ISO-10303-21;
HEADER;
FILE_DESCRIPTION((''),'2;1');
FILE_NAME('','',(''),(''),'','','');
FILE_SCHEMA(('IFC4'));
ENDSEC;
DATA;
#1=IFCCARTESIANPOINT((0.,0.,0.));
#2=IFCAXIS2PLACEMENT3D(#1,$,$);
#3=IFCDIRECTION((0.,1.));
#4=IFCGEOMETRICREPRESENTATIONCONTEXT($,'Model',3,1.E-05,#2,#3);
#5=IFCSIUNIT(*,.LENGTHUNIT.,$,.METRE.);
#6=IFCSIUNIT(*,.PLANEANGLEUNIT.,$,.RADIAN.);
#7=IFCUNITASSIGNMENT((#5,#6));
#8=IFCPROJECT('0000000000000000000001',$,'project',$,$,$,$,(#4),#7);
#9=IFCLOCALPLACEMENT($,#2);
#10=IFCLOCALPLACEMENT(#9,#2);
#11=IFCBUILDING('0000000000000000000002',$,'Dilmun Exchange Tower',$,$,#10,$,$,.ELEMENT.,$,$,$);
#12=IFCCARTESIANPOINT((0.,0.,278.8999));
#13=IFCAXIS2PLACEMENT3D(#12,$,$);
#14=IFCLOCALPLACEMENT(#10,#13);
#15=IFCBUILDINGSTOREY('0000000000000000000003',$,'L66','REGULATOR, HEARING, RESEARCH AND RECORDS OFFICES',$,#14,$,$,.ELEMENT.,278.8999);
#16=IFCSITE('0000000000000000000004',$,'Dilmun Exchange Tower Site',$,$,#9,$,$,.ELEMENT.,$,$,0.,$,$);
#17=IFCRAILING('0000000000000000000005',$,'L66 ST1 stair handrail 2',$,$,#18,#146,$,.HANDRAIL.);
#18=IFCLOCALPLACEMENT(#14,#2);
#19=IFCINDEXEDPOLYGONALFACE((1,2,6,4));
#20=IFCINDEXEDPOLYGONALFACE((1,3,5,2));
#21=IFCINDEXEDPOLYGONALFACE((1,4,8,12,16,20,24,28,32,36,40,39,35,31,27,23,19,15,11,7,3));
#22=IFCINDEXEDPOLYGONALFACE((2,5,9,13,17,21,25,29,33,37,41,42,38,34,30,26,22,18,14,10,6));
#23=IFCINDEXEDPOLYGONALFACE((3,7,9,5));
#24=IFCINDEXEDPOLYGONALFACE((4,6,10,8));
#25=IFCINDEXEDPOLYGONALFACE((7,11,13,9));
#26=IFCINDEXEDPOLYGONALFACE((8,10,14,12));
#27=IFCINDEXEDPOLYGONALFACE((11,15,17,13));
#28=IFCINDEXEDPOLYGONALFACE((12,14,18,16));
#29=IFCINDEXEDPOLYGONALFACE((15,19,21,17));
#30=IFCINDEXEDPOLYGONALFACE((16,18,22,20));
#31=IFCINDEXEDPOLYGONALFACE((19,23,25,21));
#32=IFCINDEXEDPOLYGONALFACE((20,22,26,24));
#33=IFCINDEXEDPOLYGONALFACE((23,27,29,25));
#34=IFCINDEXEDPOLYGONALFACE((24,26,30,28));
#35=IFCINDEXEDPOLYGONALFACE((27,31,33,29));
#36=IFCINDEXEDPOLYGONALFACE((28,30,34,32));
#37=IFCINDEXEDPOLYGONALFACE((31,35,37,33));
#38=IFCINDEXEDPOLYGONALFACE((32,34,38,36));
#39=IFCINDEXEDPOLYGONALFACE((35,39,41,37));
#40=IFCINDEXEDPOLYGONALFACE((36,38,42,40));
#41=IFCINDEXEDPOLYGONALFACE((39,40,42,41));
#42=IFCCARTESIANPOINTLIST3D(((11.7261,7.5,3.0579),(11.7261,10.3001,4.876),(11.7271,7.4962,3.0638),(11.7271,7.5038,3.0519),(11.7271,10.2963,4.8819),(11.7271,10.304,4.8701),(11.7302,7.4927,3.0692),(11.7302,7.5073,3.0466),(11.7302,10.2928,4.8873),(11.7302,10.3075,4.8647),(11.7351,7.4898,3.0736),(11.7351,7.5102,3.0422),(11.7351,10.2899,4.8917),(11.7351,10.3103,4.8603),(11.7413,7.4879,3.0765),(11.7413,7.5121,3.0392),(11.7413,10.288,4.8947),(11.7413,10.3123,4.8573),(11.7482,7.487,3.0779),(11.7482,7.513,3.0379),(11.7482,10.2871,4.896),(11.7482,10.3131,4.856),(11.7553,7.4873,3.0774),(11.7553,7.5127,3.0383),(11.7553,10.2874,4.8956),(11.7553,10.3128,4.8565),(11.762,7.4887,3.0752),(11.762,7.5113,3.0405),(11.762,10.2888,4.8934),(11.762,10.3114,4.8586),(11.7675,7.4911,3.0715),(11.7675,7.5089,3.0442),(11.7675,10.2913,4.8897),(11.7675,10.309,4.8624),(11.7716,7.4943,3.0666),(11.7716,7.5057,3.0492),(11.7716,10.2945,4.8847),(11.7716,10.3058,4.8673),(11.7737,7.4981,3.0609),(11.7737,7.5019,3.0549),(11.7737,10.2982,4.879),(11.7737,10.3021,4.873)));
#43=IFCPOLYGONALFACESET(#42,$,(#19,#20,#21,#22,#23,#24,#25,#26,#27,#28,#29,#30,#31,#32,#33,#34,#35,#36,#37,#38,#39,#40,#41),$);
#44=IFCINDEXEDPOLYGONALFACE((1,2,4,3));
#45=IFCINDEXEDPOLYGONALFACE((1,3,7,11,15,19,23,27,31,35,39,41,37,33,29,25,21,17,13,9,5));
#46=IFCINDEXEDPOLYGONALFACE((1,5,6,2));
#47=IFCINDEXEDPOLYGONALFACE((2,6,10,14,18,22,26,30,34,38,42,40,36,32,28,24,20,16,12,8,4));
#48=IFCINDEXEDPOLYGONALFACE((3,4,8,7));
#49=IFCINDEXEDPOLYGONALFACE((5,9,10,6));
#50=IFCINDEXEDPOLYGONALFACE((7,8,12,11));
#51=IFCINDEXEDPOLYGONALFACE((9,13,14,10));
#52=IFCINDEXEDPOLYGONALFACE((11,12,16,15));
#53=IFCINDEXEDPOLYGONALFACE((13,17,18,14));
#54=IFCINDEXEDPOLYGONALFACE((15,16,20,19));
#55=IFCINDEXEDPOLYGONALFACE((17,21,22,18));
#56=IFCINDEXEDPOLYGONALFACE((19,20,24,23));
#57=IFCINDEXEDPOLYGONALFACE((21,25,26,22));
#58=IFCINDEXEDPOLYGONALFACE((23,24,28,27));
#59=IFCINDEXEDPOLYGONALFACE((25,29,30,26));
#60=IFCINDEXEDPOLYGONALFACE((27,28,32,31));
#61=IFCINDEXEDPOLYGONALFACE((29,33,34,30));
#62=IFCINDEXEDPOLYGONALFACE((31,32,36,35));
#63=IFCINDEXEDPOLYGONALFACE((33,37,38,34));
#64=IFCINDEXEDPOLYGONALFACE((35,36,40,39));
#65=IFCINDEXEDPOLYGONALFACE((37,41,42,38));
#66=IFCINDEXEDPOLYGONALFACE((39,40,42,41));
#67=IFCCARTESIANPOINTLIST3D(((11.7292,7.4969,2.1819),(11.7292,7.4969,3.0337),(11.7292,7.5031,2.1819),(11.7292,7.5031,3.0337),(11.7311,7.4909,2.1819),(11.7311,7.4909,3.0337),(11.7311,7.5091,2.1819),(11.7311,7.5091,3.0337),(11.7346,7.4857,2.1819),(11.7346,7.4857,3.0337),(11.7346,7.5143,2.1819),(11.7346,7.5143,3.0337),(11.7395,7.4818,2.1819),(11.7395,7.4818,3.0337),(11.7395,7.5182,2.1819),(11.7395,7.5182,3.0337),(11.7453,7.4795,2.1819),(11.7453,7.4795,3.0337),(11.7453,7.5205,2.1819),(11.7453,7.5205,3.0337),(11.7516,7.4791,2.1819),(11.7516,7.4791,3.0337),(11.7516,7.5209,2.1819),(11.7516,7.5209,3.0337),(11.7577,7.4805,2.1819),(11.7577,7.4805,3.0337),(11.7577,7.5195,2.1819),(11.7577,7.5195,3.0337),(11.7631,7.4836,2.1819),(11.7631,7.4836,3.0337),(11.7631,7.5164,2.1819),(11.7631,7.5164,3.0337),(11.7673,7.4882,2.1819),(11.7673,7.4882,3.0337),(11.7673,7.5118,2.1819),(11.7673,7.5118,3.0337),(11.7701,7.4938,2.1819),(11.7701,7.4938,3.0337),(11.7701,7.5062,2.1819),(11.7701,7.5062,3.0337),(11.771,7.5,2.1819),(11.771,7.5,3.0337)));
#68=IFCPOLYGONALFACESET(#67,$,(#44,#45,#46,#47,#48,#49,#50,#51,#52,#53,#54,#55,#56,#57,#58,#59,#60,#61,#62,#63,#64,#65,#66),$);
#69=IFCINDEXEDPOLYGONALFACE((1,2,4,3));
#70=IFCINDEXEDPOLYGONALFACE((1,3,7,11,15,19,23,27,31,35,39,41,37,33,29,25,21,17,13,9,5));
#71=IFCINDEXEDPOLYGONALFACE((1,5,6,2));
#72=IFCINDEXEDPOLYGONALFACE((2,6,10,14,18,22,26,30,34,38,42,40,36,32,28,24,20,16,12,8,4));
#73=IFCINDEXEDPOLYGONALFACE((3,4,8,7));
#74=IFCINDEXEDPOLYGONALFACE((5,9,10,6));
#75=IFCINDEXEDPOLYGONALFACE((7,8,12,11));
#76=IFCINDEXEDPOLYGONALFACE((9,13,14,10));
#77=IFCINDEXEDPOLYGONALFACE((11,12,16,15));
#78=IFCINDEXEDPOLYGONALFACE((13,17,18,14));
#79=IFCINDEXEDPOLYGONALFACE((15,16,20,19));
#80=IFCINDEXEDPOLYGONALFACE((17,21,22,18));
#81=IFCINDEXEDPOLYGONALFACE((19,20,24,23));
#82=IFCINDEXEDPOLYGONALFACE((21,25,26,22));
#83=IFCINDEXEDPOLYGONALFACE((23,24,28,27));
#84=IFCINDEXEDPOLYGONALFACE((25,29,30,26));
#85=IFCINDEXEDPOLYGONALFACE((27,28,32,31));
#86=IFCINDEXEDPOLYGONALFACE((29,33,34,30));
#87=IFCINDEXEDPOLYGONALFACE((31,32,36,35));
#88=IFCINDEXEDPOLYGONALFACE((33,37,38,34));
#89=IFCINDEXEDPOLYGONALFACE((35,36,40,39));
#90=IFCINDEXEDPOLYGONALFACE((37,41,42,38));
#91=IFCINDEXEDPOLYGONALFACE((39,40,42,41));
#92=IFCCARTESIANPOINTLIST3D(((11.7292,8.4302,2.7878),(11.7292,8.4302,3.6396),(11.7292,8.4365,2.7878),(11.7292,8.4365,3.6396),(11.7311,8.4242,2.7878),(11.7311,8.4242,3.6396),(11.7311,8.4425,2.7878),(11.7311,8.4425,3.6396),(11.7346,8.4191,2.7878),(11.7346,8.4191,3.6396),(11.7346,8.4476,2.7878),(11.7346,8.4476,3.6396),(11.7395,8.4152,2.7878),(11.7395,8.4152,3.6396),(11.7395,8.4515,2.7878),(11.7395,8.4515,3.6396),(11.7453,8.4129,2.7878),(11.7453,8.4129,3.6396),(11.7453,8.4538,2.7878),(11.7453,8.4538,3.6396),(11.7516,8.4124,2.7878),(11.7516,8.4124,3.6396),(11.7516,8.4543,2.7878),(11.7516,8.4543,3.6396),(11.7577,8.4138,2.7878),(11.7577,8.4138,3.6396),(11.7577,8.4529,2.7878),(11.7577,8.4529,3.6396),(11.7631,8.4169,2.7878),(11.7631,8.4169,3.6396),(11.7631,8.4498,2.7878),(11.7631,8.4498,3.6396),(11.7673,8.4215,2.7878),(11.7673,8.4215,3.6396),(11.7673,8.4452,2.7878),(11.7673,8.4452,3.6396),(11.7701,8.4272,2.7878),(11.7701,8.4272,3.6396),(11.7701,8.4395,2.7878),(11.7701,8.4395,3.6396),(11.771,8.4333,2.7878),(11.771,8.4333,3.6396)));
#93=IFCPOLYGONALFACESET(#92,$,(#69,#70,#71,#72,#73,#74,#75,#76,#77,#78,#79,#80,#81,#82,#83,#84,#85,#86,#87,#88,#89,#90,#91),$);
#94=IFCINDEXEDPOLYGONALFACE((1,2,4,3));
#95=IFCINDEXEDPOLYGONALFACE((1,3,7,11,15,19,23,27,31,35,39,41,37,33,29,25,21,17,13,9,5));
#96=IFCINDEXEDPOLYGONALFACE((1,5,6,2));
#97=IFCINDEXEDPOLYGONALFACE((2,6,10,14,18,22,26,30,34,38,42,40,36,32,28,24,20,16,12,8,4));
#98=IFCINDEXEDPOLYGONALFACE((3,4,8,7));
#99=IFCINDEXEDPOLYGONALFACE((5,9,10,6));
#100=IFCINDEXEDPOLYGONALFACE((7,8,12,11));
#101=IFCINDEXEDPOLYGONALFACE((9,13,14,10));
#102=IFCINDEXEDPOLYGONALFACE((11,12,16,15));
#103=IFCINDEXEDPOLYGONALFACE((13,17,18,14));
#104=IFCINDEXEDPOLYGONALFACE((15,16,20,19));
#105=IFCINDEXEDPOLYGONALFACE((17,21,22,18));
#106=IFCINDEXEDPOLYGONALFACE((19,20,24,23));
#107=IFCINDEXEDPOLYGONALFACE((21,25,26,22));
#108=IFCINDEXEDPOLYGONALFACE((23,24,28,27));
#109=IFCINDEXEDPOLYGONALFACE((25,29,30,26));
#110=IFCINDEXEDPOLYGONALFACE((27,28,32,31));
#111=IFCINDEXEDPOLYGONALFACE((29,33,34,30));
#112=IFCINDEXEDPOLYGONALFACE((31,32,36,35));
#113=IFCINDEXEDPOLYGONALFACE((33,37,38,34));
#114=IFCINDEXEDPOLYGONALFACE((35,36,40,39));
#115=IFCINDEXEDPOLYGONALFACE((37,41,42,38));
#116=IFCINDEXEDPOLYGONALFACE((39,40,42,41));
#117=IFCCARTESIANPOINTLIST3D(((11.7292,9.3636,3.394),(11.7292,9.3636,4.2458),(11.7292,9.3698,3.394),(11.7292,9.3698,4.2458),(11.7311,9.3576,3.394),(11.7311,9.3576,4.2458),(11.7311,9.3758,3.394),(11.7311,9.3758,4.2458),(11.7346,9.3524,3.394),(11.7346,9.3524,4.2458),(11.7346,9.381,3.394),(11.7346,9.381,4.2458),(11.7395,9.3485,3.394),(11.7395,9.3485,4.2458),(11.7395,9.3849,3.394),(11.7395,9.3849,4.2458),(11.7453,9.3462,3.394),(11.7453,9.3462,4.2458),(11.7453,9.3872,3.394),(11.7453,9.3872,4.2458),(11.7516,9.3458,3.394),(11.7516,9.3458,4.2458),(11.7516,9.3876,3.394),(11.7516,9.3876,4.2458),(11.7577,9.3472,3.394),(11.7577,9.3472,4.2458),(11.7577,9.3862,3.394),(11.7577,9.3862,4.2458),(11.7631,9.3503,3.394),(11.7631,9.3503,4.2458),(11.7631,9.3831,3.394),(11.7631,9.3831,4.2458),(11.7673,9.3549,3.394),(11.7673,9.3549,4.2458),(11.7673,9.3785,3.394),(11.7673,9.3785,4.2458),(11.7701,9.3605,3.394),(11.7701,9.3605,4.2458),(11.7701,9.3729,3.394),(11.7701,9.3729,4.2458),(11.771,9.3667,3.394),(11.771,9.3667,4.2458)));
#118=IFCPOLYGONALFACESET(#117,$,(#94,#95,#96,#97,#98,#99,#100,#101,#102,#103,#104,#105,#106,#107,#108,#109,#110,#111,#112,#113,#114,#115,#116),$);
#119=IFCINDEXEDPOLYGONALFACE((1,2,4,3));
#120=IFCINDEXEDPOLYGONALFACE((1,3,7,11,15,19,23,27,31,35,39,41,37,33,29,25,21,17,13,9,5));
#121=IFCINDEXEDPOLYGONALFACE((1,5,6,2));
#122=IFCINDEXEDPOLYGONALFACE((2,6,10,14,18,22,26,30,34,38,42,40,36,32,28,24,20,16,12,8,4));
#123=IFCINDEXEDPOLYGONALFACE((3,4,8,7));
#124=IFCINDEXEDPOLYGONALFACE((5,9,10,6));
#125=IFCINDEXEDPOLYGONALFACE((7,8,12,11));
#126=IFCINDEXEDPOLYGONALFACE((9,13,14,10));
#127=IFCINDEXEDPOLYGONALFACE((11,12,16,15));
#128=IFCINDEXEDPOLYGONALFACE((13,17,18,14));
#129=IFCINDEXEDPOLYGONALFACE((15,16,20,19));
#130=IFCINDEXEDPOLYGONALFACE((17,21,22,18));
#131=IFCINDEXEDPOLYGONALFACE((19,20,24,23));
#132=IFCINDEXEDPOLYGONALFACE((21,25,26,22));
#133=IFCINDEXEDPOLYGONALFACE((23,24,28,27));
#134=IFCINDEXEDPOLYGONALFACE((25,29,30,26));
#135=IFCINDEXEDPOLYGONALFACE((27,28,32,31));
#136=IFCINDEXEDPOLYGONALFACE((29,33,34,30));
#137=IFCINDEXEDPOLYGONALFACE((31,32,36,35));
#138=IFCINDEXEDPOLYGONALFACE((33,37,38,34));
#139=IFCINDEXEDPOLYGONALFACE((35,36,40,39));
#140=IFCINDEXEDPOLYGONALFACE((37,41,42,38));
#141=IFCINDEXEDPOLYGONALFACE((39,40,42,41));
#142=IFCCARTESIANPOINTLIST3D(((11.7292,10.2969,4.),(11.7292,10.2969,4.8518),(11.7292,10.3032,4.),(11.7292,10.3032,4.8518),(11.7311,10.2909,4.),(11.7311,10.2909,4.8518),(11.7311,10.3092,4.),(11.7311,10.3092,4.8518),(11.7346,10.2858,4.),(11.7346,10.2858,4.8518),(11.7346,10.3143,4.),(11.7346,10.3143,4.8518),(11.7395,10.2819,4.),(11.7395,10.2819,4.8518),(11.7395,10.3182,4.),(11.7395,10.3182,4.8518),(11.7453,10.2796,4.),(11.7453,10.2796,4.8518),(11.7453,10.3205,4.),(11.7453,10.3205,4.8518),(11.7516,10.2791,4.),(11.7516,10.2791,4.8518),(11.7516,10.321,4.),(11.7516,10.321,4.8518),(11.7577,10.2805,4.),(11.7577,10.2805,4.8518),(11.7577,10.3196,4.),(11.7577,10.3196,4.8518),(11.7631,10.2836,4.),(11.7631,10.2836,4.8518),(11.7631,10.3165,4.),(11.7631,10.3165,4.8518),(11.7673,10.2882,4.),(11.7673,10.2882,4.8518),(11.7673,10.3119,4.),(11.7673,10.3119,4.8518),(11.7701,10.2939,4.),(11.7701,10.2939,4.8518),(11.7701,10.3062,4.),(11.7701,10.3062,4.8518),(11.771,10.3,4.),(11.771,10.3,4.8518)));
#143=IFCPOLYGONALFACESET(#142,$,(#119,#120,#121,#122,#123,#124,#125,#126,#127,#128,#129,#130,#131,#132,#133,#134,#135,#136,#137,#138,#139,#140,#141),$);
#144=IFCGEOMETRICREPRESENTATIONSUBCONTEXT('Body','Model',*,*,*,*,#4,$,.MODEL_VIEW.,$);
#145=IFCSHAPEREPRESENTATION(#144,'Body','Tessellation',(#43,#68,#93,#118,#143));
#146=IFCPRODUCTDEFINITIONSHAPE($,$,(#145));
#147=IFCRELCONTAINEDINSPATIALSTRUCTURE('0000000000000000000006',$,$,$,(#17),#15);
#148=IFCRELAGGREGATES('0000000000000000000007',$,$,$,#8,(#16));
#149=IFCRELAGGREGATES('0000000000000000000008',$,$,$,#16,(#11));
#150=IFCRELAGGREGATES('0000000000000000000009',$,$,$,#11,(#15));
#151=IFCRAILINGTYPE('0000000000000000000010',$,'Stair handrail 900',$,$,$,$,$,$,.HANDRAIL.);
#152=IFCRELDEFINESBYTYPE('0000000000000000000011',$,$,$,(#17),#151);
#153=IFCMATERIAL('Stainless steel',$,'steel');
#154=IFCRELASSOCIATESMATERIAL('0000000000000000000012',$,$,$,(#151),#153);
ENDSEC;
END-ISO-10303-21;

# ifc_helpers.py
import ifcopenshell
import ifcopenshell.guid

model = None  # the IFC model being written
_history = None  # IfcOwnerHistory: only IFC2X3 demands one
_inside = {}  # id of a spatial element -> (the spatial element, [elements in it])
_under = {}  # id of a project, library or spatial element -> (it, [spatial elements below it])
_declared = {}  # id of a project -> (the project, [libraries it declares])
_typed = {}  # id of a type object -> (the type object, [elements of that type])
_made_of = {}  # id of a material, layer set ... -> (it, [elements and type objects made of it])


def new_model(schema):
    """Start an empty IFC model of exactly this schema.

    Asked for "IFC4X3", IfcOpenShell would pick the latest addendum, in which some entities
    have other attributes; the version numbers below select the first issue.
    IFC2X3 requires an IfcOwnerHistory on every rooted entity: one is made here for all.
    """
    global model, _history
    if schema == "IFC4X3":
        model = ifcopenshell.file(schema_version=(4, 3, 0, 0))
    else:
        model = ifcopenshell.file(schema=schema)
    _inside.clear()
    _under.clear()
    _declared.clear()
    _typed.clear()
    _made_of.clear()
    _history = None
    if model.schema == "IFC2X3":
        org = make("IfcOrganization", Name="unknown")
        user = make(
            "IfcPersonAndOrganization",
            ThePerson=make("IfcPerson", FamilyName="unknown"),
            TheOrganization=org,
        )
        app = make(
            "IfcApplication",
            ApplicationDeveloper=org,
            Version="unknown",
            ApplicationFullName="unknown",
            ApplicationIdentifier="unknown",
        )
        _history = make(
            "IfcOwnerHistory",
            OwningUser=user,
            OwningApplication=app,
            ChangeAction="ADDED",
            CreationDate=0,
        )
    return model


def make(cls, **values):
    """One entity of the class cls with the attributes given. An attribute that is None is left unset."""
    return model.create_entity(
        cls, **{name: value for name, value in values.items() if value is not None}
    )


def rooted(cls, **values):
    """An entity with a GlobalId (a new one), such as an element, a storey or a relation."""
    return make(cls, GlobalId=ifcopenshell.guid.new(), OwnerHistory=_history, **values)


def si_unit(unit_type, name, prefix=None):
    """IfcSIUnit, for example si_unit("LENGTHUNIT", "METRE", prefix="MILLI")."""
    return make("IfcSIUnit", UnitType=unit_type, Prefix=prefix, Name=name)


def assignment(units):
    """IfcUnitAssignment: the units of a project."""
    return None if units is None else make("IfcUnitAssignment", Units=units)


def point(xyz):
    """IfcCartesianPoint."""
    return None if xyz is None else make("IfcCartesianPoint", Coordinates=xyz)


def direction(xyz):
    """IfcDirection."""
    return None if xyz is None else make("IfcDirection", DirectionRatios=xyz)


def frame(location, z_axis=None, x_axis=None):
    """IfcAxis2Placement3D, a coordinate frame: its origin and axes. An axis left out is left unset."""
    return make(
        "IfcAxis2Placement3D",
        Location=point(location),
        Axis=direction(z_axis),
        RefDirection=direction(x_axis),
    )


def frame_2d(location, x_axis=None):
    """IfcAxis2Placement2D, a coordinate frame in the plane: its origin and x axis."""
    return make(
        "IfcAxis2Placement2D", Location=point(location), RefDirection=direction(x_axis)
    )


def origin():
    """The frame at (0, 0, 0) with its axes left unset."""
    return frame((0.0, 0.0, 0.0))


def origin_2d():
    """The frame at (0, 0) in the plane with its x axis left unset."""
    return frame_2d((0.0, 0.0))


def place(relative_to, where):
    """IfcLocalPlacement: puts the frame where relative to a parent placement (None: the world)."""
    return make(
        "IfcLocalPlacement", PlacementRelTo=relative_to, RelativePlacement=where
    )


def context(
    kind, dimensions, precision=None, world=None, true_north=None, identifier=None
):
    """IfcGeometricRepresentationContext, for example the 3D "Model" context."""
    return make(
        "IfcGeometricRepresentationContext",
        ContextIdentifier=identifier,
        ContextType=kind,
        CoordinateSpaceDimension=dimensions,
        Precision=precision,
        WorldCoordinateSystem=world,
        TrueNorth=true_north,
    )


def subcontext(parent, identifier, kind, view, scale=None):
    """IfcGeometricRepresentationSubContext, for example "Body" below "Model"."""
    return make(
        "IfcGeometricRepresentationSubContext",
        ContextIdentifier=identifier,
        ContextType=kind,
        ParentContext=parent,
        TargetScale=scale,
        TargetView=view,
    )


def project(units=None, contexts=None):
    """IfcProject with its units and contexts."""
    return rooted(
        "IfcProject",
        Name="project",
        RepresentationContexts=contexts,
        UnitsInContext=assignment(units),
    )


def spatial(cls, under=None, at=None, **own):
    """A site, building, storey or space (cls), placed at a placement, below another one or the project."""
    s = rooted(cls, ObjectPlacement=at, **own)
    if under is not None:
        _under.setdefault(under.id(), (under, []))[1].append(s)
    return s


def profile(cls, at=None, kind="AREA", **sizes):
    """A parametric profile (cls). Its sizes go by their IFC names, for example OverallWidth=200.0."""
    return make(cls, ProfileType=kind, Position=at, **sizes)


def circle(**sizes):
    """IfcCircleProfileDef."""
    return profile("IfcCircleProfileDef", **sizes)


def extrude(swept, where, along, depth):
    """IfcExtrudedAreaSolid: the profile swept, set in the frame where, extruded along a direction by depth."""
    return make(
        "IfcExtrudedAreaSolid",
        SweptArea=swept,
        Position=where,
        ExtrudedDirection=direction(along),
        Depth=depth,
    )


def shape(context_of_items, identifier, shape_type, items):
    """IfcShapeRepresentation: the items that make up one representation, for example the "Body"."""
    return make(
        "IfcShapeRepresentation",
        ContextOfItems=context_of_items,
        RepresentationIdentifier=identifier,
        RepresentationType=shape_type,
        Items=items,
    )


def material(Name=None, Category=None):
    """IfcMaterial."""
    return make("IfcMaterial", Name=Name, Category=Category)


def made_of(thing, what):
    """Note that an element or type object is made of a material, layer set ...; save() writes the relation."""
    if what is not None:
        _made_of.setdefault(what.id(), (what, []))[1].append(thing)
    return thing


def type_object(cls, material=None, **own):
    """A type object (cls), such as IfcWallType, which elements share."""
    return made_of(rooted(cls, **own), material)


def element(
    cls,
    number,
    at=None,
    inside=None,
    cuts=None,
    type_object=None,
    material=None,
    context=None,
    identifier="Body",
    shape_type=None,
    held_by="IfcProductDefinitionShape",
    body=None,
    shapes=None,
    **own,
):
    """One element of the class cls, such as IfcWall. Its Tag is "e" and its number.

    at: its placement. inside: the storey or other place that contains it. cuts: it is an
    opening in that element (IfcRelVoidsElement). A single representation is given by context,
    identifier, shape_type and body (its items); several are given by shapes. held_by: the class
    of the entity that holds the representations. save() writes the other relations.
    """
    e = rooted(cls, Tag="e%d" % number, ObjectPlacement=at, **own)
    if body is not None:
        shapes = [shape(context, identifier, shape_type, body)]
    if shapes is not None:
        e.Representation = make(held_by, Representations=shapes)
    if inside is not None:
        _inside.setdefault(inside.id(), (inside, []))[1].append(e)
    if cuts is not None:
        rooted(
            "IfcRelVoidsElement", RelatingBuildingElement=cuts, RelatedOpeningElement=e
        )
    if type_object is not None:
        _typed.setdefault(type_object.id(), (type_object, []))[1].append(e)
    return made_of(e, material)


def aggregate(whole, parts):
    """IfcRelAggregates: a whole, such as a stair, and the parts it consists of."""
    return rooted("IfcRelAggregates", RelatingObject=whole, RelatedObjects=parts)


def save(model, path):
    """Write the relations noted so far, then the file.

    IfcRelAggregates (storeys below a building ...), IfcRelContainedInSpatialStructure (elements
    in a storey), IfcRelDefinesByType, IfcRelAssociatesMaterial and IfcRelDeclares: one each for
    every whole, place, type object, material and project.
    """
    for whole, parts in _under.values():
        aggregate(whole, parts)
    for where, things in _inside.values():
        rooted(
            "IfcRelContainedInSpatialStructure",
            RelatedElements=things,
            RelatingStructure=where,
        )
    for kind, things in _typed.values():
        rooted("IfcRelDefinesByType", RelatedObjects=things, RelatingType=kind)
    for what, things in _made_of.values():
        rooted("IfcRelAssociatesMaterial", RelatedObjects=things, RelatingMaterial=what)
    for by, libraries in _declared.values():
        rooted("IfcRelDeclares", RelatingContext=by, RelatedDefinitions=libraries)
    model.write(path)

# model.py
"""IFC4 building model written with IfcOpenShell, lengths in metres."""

from ifc_helpers import new_model, si_unit, direction, frame, origin, origin_2d, place, context, subcontext, project, spatial, circle, extrude, material, type_object, element, save


model = new_model("IFC4")

# Units and contexts
model_context = context("Model", 3, precision=1e-05, world=origin(), true_north=direction((0.0, 1.0)))
body_context = subcontext(model_context, "Body", "Model", "MODEL_VIEW")
ifc_project = project(units=[si_unit("LENGTHUNIT", "METRE"), si_unit("PLANEANGLEUNIT", "RADIAN")], contexts=[model_context])

# Site, building, storey
site_placement = place(None, origin())
site = spatial("IfcSite", under=ifc_project, at=site_placement, Name="Dilmun Exchange Tower Site", CompositionType="ELEMENT", RefElevation=0.0)
building_placement = place(site_placement, origin())
building = spatial("IfcBuilding", under=site, at=building_placement, Name="Dilmun Exchange Tower", CompositionType="ELEMENT")
storey_placement = place(building_placement, frame((0.0, 0.0, 278.8999)))
storey = spatial("IfcBuildingStorey", under=building, at=storey_placement, Name="L66", Description="REGULATOR, HEARING, RESEARCH AND RECORDS OFFICES", CompositionType="ELEMENT", Elevation=278.8999)

# Railing
ifc_material_1 = material(Name="Stainless steel", Category="steel")
railing_type = type_object("IfcRailingType", Name="Stair handrail 900", PredefinedType="HANDRAIL", material=ifc_material_1)
railing_placement = place(storey_placement, frame((11.75, 7.5, 2.1819)))
element("IfcRailing", 1, at=railing_placement, inside=storey, type_object=railing_type, Name="L66 ST1 stair handrail 2", PredefinedType="HANDRAIL", context=body_context, shape_type="SweptSolid", body=[
    extrude(circle(Radius=0.0239, at=origin_2d()), frame((0.0, 0.0, 0.876), z_axis=(0.0, 0.838706, 0.544585), x_axis=(-1.0, 0.0, 0.0)), (0.0, 0.0, 1.0), 3.3386),
    extrude(circle(Radius=0.021, at=origin_2d()), origin(), (0.0, 0.0, 1.0), 0.8518),
    extrude(circle(Radius=0.021, at=origin_2d()), frame((0.0, 0.9333, 0.606)), (0.0, 0.0, 1.0), 0.8518),
    extrude(circle(Radius=0.021, at=origin_2d()), frame((0.0, 1.8667, 1.2122)), (0.0, 0.0, 1.0), 0.8518),
    extrude(circle(Radius=0.021, at=origin_2d()), frame((0.0, 2.8, 1.8181)), (0.0, 0.0, 1.0), 0.8518),
])

save(model, "model.ifc")
